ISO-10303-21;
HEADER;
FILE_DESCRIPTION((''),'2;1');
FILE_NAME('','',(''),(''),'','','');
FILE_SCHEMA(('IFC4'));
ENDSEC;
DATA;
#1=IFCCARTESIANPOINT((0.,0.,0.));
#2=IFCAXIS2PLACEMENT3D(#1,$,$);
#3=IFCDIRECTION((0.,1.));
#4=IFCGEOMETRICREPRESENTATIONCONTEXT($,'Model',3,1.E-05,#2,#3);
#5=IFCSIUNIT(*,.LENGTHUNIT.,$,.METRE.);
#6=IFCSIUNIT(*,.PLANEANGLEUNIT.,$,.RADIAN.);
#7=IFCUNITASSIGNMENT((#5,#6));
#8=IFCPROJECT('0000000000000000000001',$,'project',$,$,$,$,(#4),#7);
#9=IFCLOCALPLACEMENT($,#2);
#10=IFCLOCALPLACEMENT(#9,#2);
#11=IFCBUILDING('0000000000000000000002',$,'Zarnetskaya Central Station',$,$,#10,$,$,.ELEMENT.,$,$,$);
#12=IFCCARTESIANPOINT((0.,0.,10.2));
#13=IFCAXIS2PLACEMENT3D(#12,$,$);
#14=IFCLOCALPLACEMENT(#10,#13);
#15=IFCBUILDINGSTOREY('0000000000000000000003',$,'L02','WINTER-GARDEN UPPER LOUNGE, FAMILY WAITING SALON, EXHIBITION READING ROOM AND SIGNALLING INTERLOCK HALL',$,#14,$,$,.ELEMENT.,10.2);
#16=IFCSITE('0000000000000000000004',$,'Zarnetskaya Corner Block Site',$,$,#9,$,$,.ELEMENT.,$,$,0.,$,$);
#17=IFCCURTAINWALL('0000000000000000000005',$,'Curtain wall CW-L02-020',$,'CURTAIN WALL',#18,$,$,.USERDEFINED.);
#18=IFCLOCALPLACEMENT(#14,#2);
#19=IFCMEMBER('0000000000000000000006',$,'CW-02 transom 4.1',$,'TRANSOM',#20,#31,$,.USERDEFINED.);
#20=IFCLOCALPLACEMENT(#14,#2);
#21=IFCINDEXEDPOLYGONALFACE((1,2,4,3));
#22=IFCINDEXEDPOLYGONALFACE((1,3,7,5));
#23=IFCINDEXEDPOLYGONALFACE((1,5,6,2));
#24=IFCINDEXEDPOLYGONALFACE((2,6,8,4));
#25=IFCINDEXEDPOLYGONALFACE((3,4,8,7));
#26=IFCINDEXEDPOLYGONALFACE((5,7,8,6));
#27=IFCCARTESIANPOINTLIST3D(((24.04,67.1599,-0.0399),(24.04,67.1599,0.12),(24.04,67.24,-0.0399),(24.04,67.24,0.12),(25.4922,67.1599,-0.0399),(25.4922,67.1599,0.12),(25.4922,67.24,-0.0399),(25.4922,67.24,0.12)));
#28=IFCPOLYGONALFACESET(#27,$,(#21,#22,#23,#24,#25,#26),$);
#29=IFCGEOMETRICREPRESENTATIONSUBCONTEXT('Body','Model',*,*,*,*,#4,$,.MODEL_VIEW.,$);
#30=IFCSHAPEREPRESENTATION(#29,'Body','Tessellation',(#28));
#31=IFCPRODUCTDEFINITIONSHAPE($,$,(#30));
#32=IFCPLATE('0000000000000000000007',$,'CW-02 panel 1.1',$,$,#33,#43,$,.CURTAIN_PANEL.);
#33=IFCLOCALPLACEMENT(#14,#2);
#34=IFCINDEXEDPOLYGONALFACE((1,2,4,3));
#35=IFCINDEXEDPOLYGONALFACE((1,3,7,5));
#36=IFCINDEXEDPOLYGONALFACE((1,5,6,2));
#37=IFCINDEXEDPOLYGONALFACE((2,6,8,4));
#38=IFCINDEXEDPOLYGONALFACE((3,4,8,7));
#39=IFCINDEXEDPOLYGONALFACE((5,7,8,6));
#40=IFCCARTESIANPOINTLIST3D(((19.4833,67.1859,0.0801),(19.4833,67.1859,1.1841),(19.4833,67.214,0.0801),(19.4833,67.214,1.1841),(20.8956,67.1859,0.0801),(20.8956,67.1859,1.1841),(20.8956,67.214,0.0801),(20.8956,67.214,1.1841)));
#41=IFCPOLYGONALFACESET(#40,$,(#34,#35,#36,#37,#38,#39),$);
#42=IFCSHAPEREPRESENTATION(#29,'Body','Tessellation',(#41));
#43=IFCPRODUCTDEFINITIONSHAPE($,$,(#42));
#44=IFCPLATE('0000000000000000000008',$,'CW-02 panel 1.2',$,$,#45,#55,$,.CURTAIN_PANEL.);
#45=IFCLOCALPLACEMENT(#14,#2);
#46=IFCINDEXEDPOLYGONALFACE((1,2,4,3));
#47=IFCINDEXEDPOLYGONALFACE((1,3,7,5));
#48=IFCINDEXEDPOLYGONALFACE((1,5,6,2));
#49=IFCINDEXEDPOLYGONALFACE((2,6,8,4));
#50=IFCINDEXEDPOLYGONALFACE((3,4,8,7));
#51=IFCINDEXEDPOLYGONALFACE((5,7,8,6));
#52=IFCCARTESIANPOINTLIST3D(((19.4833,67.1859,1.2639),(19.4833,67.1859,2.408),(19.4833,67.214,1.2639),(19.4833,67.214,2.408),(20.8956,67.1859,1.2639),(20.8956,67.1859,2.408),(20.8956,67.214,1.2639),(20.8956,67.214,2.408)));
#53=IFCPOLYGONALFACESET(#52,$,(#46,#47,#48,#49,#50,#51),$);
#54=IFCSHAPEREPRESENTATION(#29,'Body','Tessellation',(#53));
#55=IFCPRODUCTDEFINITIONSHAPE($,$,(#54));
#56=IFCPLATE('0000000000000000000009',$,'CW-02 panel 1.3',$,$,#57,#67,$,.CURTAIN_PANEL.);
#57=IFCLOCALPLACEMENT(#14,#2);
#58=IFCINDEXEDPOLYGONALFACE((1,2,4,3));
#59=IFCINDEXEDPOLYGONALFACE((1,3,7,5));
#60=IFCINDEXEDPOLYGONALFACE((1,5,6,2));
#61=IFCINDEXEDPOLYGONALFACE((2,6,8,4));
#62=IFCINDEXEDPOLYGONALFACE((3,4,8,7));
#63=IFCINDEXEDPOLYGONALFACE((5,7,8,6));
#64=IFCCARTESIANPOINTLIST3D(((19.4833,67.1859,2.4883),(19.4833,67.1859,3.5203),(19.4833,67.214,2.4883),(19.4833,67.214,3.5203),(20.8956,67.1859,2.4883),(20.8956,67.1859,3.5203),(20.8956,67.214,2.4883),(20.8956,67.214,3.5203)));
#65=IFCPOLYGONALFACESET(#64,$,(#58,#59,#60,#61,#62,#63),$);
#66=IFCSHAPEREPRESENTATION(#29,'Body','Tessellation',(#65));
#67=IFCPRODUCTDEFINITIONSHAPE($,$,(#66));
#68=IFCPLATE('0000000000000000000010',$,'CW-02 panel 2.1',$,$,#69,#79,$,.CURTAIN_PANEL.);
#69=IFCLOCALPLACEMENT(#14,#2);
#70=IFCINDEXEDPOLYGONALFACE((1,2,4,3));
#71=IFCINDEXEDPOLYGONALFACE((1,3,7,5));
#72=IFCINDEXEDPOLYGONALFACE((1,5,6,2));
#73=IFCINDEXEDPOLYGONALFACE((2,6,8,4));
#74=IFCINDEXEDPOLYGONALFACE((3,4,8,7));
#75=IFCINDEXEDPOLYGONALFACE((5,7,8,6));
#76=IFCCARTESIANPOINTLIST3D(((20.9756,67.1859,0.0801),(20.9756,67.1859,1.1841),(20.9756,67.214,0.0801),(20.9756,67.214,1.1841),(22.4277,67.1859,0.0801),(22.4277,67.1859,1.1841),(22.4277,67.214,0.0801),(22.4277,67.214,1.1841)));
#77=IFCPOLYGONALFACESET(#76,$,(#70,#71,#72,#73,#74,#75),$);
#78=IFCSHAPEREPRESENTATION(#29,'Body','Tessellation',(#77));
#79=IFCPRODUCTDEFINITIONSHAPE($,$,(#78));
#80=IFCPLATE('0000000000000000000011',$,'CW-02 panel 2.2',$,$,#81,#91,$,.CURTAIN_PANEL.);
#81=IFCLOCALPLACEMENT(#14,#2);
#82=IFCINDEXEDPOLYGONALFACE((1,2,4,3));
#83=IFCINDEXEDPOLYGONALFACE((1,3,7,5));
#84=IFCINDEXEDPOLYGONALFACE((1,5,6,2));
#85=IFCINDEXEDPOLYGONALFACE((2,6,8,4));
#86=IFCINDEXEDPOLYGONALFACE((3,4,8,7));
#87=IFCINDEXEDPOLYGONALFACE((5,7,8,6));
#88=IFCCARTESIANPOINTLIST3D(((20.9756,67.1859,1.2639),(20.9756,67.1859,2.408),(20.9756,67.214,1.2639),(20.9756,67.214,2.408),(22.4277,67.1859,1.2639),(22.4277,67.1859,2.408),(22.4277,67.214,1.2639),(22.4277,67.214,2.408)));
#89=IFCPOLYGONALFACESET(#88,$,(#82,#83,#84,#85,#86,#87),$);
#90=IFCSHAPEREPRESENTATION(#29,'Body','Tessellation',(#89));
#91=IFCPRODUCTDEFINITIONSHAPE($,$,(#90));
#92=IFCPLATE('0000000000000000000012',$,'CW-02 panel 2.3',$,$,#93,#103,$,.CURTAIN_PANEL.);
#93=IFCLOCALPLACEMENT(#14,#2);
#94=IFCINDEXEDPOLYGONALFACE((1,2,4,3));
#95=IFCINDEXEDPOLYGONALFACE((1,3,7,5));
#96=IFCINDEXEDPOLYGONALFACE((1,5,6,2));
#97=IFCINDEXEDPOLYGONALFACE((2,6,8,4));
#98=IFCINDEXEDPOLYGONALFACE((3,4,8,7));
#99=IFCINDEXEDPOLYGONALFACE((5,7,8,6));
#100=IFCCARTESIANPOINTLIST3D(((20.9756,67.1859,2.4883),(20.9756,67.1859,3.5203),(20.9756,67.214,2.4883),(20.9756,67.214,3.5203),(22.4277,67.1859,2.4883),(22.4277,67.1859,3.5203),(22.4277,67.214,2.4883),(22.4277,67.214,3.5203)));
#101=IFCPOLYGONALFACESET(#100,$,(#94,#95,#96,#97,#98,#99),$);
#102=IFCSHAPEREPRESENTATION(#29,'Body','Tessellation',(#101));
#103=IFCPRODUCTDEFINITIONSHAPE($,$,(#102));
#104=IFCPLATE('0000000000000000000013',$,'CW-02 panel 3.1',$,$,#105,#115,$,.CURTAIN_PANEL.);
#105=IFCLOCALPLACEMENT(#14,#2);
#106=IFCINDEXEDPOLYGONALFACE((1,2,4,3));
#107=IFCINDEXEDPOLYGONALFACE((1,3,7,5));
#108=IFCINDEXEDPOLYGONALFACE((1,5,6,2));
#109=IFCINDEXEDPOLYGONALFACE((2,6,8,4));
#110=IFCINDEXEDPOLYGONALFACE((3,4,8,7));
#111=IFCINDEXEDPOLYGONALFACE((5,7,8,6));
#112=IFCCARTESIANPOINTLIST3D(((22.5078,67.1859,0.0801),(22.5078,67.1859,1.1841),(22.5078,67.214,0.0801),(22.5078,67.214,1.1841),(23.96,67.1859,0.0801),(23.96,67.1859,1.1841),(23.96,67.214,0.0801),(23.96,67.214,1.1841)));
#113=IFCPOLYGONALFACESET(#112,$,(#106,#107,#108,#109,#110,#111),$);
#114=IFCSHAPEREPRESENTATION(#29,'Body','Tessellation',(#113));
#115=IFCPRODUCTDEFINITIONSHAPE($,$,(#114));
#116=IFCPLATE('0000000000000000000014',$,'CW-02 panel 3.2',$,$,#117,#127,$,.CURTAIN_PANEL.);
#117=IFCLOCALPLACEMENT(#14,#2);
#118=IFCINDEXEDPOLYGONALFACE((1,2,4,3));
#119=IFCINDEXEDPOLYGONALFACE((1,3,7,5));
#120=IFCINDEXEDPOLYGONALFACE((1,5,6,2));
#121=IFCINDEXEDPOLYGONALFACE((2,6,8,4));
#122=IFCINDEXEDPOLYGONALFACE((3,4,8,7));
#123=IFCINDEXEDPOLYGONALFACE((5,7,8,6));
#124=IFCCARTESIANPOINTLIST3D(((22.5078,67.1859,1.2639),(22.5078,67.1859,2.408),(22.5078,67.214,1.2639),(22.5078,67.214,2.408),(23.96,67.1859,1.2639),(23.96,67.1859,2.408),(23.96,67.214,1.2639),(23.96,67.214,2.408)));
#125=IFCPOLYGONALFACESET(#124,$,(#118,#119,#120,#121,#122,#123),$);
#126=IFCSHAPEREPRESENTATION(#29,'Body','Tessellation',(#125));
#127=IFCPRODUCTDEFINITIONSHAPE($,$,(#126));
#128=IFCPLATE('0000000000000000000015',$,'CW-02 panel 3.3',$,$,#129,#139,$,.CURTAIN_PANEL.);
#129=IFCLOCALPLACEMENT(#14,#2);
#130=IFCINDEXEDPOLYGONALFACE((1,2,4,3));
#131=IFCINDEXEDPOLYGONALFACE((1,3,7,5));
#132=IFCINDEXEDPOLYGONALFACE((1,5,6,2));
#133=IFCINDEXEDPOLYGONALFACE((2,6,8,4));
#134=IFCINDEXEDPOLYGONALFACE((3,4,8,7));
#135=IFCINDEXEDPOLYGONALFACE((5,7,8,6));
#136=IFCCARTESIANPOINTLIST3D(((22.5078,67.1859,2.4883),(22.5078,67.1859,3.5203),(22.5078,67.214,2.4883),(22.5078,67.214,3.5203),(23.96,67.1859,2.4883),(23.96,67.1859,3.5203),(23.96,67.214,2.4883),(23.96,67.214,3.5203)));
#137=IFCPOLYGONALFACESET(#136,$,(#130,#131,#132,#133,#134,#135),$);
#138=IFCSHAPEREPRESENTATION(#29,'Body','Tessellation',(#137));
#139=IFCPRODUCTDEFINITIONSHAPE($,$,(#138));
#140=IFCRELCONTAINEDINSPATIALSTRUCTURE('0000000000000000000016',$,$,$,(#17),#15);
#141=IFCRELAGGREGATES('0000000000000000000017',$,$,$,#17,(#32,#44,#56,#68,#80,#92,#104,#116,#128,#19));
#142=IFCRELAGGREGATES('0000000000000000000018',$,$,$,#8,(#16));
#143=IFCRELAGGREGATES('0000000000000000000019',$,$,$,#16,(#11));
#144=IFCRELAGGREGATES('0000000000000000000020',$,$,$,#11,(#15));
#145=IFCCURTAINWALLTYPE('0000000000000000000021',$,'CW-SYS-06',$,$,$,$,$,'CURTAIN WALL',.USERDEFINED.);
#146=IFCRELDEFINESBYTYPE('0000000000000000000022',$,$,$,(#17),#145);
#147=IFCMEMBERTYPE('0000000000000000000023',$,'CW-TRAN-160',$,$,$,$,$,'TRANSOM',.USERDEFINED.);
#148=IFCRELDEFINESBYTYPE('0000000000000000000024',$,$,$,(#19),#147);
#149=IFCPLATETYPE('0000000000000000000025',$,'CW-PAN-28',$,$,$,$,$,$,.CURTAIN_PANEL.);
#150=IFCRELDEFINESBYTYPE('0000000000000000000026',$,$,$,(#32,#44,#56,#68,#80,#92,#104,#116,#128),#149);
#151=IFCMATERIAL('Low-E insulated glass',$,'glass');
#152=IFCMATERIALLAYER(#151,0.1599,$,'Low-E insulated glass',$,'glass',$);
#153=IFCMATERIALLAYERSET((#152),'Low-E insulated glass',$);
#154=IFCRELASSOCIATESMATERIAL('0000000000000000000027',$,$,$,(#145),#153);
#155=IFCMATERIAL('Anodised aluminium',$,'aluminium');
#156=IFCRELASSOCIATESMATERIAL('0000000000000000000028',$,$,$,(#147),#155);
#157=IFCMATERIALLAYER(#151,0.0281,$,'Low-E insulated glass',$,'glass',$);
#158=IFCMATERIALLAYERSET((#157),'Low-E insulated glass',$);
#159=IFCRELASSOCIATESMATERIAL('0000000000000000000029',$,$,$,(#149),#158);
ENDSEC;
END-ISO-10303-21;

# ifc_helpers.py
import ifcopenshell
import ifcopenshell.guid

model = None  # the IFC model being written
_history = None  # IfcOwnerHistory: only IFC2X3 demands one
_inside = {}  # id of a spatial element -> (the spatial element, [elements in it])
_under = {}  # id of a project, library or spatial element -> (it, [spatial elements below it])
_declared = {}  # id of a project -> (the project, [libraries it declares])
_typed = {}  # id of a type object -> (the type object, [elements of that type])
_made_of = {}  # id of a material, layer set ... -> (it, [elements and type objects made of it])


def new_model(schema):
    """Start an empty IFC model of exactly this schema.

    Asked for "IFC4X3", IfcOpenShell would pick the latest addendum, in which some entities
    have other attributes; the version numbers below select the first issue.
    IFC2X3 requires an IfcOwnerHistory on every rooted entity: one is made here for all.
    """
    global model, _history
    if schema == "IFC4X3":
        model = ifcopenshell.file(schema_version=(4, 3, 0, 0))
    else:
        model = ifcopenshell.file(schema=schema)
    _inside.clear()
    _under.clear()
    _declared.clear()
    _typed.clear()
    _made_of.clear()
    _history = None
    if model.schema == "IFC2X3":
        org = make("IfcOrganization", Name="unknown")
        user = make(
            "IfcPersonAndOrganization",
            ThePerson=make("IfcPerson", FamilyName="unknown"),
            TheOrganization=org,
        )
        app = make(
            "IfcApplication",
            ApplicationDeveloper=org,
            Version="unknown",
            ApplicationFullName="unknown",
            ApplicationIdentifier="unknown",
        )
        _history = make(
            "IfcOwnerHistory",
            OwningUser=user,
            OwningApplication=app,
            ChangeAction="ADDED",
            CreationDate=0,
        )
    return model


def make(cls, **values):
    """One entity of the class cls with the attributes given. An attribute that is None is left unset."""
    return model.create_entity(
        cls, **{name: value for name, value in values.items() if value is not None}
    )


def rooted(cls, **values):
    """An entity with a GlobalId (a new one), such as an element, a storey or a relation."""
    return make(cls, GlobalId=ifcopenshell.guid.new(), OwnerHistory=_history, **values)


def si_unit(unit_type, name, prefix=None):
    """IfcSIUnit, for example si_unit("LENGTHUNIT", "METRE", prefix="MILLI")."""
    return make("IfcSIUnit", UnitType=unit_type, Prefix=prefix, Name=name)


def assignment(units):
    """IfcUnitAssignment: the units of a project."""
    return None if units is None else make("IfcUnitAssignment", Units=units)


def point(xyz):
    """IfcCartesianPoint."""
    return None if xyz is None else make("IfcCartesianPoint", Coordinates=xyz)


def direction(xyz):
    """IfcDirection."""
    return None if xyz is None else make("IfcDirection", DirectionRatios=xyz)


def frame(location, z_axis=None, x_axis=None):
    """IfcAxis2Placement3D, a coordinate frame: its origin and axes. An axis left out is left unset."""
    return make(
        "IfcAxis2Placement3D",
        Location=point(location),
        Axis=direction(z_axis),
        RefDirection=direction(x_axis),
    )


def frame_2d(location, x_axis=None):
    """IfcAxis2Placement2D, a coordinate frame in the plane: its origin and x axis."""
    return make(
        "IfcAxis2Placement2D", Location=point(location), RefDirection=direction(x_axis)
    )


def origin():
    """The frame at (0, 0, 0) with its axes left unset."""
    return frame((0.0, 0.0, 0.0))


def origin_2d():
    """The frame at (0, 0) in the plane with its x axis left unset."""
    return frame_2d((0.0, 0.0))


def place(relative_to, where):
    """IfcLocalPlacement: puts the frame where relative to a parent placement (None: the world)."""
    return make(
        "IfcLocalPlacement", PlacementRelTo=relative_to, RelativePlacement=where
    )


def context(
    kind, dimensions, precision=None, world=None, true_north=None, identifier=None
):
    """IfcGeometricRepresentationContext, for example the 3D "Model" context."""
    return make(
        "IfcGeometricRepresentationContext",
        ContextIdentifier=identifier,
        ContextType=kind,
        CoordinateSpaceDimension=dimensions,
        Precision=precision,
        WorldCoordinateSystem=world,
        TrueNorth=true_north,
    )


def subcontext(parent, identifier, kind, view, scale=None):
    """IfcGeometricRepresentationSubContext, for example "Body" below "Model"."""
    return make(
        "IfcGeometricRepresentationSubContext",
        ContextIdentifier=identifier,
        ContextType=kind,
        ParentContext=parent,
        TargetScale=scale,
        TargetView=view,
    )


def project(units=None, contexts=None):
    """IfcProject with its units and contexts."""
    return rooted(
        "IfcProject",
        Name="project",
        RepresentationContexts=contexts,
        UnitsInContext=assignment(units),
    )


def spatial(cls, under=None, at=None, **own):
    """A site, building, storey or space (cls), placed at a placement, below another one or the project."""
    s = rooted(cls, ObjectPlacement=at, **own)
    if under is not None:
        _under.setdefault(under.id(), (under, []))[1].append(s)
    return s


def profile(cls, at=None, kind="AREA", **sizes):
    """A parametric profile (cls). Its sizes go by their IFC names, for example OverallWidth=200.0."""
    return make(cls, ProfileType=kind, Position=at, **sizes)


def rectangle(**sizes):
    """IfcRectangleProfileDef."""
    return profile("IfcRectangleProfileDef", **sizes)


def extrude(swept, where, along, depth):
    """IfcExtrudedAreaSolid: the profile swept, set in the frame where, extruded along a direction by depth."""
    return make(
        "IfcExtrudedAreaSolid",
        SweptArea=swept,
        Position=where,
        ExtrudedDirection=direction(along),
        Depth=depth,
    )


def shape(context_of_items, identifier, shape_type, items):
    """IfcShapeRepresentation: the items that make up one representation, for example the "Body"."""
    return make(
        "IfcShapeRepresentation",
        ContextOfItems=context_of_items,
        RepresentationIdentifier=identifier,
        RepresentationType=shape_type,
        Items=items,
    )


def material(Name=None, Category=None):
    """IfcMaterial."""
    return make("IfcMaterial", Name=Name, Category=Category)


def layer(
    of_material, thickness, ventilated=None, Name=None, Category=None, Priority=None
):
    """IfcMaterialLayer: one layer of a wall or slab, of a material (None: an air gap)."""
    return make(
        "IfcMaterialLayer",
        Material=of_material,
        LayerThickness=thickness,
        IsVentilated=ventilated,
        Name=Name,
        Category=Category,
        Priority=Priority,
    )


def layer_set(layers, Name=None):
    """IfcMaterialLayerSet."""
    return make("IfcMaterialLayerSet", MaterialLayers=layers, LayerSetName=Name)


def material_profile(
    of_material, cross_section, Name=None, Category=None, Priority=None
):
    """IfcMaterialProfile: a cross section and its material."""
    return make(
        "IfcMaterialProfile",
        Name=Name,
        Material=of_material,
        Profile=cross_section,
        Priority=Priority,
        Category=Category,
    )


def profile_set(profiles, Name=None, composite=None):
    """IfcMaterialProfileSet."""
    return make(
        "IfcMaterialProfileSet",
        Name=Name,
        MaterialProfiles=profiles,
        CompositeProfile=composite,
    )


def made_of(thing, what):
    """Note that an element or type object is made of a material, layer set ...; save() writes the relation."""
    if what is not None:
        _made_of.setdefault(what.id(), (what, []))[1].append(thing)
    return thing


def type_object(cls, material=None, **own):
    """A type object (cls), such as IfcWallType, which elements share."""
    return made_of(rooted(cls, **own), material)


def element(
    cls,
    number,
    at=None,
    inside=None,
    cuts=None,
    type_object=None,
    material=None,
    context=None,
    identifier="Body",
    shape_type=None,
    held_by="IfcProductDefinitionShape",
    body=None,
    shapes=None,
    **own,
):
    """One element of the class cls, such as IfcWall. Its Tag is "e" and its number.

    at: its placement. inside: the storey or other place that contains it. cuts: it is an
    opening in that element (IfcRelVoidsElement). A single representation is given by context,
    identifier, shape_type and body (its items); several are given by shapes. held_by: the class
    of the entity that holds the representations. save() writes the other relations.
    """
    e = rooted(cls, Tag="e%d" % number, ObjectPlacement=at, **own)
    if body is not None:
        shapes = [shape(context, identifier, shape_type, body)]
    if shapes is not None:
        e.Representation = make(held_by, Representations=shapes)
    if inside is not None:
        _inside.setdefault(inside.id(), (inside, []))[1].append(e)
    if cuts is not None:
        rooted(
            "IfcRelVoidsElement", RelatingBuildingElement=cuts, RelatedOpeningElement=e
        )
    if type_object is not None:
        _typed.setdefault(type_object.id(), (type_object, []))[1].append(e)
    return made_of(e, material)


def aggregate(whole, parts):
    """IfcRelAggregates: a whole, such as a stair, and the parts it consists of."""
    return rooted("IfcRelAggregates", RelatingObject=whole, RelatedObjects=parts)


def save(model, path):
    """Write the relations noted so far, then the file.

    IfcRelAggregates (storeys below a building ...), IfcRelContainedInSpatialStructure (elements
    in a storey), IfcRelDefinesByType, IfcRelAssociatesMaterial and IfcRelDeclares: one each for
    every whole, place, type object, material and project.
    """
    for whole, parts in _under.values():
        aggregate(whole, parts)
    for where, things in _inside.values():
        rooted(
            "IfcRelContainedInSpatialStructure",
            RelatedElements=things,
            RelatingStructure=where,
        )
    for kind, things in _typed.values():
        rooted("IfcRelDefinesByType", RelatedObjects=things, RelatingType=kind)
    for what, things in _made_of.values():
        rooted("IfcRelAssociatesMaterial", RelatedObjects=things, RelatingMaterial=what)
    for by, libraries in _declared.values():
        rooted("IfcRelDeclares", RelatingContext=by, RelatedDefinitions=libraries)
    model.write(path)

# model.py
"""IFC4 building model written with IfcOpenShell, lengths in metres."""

from ifc_helpers import new_model, si_unit, direction, frame, origin, origin_2d, place, context, subcontext, project, spatial, rectangle, extrude, material, layer, layer_set, material_profile, profile_set, type_object, element, aggregate, save


model = new_model("IFC4")

# Units and contexts
model_context = context("Model", 3, precision=1e-05, world=origin(), true_north=direction((0.0, 1.0)))
body_context = subcontext(model_context, "Body", "Model", "MODEL_VIEW")
ifc_project = project(units=[si_unit("LENGTHUNIT", "METRE"), si_unit("PLANEANGLEUNIT", "RADIAN")], contexts=[model_context])

# Site, building, storey
site_placement = place(None, origin())
site = spatial("IfcSite", under=ifc_project, at=site_placement, Name="Zarnetskaya Corner Block Site", CompositionType="ELEMENT", RefElevation=0.0)
building_placement = place(site_placement, origin())
building = spatial("IfcBuilding", under=site, at=building_placement, Name="Zarnetskaya Central Station", CompositionType="ELEMENT")
storey_placement = place(building_placement, frame((0.0, 0.0, 10.2)))
storey = spatial("IfcBuildingStorey", under=building, at=storey_placement, Name="L02", Description="WINTER-GARDEN UPPER LOUNGE, FAMILY WAITING SALON, EXHIBITION READING ROOM AND SIGNALLING INTERLOCK HALL", CompositionType="ELEMENT", Elevation=10.2)

# Curtain wall, member, plates
ifc_material_1 = material(Name="Low-E insulated glass", Category="glass")
ifc_layer_1 = layer(ifc_material_1, 0.1599, Name="Low-E insulated glass", Category="glass")
ifc_layer_set_1 = layer_set([ifc_layer_1], Name="Low-E insulated glass")
curtain_wall_type = type_object("IfcCurtainWallType", Name="CW-SYS-06", ElementType="CURTAIN WALL", PredefinedType="USERDEFINED", material=ifc_layer_set_1)
curtain_wall_placement = place(storey_placement, origin())
curtain_wall = element("IfcCurtainWall", 1, at=curtain_wall_placement, inside=storey, type_object=curtain_wall_type, Name="Curtain wall CW-L02-020", ObjectType="CURTAIN WALL", PredefinedType="USERDEFINED")
ifc_material_2 = material(Name="Anodised aluminium", Category="aluminium")
ifc_material_profile_1 = material_profile(ifc_material_2, rectangle(XDim=0.0801, YDim=0.1599, at=origin_2d()), Name="ALU TRAN 80x160")
ifc_profile_set_1 = profile_set([ifc_material_profile_1], Name="Anodised aluminium")
member_type_1 = type_object("IfcMemberType", Name="CW-TRAN-160", ElementType="TRANSOM", PredefinedType="USERDEFINED", material=ifc_profile_set_1)
member_1_placement = place(storey_placement, frame((24.04, 67.2, 0.04), z_axis=(1.0, 0.0, 0.0), x_axis=(0.0, 1.0, 0.0)))
member_1 = element("IfcMember", 2, at=member_1_placement, type_object=member_type_1, Name="CW-02 transom 4.1", ObjectType="TRANSOM", PredefinedType="USERDEFINED", context=body_context, shape_type="SweptSolid", body=[
    extrude(rectangle(XDim=0.0801, YDim=0.1599, at=origin_2d()), origin(), (0.0, 0.0, 1.0), 1.4521),
])
ifc_layer_2 = layer(ifc_material_1, 0.0281, Name="Low-E insulated glass", Category="glass")
ifc_layer_set_2 = layer_set([ifc_layer_2], Name="Low-E insulated glass")
plate_type = type_object("IfcPlateType", Name="CW-PAN-28", PredefinedType="CURTAIN_PANEL", material=ifc_layer_set_2)
plate_1_placement = place(storey_placement, frame((20.1895, 67.2, 0.0801), z_axis=(0.0, 0.0, 1.0), x_axis=(1.0, 0.0, 0.0)))
plate_1 = element("IfcPlate", 3, at=plate_1_placement, type_object=plate_type, Name="CW-02 panel 1.1", PredefinedType="CURTAIN_PANEL", context=body_context, shape_type="SweptSolid", body=[
    extrude(rectangle(XDim=1.4124, YDim=0.0281, at=origin_2d()), origin(), (0.0, 0.0, 1.0), 1.104),
])
plate_2_placement = place(storey_placement, frame((20.1895, 67.2, 1.2639), z_axis=(0.0, 0.0, 1.0), x_axis=(1.0, 0.0, 0.0)))
plate_2 = element("IfcPlate", 4, at=plate_2_placement, type_object=plate_type, Name="CW-02 panel 1.2", PredefinedType="CURTAIN_PANEL", context=body_context, shape_type="SweptSolid", body=[
    extrude(rectangle(XDim=1.4124, YDim=0.0281, at=origin_2d()), origin(), (0.0, 0.0, 1.0), 1.144),
])
plate_3_placement = place(storey_placement, frame((20.1895, 67.2, 2.4883), z_axis=(0.0, 0.0, 1.0), x_axis=(1.0, 0.0, 0.0)))
plate_3 = element("IfcPlate", 5, at=plate_3_placement, type_object=plate_type, Name="CW-02 panel 1.3", PredefinedType="CURTAIN_PANEL", context=body_context, shape_type="SweptSolid", body=[
    extrude(rectangle(XDim=1.4124, YDim=0.0281, at=origin_2d()), origin(), (0.0, 0.0, 1.0), 1.032),
])
plate_4_placement = place(storey_placement, frame((21.7017, 67.2, 0.0801), z_axis=(0.0, 0.0, 1.0), x_axis=(1.0, 0.0, 0.0)))
plate_4 = element("IfcPlate", 6, at=plate_4_placement, type_object=plate_type, Name="CW-02 panel 2.1", PredefinedType="CURTAIN_PANEL", context=body_context, shape_type="SweptSolid", body=[
    extrude(rectangle(XDim=1.4521, YDim=0.0281, at=origin_2d()), origin(), (0.0, 0.0, 1.0), 1.104),
])
plate_5_placement = place(storey_placement, frame((21.7017, 67.2, 1.2639), z_axis=(0.0, 0.0, 1.0), x_axis=(1.0, 0.0, 0.0)))
plate_5 = element("IfcPlate", 7, at=plate_5_placement, type_object=plate_type, Name="CW-02 panel 2.2", PredefinedType="CURTAIN_PANEL", context=body_context, shape_type="SweptSolid", body=[
    extrude(rectangle(XDim=1.4521, YDim=0.0281, at=origin_2d()), origin(), (0.0, 0.0, 1.0), 1.144),
])
plate_6_placement = place(storey_placement, frame((21.7017, 67.2, 2.4883), z_axis=(0.0, 0.0, 1.0), x_axis=(1.0, 0.0, 0.0)))
plate_6 = element("IfcPlate", 8, at=plate_6_placement, type_object=plate_type, Name="CW-02 panel 2.3", PredefinedType="CURTAIN_PANEL", context=body_context, shape_type="SweptSolid", body=[
    extrude(rectangle(XDim=1.4521, YDim=0.0281, at=origin_2d()), origin(), (0.0, 0.0, 1.0), 1.032),
])
plate_7_placement = place(storey_placement, frame((23.2339, 67.2, 0.0801), z_axis=(0.0, 0.0, 1.0), x_axis=(1.0, 0.0, 0.0)))
plate_7 = element("IfcPlate", 9, at=plate_7_placement, type_object=plate_type, Name="CW-02 panel 3.1", PredefinedType="CURTAIN_PANEL", context=body_context, shape_type="SweptSolid", body=[
    extrude(rectangle(XDim=1.4521, YDim=0.0281, at=origin_2d()), origin(), (0.0, 0.0, 1.0), 1.104),
])
plate_8_placement = place(storey_placement, frame((23.2339, 67.2, 1.2639), z_axis=(0.0, 0.0, 1.0), x_axis=(1.0, 0.0, 0.0)))
plate_8 = element("IfcPlate", 10, at=plate_8_placement, type_object=plate_type, Name="CW-02 panel 3.2", PredefinedType="CURTAIN_PANEL", context=body_context, shape_type="SweptSolid", body=[
    extrude(rectangle(XDim=1.4521, YDim=0.0281, at=origin_2d()), origin(), (0.0, 0.0, 1.0), 1.144),
])
plate_9_placement = place(storey_placement, frame((23.2339, 67.2, 2.4883), z_axis=(0.0, 0.0, 1.0), x_axis=(1.0, 0.0, 0.0)))
plate_9 = element("IfcPlate", 11, at=plate_9_placement, type_object=plate_type, Name="CW-02 panel 3.3", PredefinedType="CURTAIN_PANEL", context=body_context, shape_type="SweptSolid", body=[
    extrude(rectangle(XDim=1.4521, YDim=0.0281, at=origin_2d()), origin(), (0.0, 0.0, 1.0), 1.032),
])
aggregate(curtain_wall, [plate_1, plate_2, plate_3, plate_4, plate_5, plate_6, plate_7, plate_8, plate_9, member_1])

save(model, "model.ifc")
